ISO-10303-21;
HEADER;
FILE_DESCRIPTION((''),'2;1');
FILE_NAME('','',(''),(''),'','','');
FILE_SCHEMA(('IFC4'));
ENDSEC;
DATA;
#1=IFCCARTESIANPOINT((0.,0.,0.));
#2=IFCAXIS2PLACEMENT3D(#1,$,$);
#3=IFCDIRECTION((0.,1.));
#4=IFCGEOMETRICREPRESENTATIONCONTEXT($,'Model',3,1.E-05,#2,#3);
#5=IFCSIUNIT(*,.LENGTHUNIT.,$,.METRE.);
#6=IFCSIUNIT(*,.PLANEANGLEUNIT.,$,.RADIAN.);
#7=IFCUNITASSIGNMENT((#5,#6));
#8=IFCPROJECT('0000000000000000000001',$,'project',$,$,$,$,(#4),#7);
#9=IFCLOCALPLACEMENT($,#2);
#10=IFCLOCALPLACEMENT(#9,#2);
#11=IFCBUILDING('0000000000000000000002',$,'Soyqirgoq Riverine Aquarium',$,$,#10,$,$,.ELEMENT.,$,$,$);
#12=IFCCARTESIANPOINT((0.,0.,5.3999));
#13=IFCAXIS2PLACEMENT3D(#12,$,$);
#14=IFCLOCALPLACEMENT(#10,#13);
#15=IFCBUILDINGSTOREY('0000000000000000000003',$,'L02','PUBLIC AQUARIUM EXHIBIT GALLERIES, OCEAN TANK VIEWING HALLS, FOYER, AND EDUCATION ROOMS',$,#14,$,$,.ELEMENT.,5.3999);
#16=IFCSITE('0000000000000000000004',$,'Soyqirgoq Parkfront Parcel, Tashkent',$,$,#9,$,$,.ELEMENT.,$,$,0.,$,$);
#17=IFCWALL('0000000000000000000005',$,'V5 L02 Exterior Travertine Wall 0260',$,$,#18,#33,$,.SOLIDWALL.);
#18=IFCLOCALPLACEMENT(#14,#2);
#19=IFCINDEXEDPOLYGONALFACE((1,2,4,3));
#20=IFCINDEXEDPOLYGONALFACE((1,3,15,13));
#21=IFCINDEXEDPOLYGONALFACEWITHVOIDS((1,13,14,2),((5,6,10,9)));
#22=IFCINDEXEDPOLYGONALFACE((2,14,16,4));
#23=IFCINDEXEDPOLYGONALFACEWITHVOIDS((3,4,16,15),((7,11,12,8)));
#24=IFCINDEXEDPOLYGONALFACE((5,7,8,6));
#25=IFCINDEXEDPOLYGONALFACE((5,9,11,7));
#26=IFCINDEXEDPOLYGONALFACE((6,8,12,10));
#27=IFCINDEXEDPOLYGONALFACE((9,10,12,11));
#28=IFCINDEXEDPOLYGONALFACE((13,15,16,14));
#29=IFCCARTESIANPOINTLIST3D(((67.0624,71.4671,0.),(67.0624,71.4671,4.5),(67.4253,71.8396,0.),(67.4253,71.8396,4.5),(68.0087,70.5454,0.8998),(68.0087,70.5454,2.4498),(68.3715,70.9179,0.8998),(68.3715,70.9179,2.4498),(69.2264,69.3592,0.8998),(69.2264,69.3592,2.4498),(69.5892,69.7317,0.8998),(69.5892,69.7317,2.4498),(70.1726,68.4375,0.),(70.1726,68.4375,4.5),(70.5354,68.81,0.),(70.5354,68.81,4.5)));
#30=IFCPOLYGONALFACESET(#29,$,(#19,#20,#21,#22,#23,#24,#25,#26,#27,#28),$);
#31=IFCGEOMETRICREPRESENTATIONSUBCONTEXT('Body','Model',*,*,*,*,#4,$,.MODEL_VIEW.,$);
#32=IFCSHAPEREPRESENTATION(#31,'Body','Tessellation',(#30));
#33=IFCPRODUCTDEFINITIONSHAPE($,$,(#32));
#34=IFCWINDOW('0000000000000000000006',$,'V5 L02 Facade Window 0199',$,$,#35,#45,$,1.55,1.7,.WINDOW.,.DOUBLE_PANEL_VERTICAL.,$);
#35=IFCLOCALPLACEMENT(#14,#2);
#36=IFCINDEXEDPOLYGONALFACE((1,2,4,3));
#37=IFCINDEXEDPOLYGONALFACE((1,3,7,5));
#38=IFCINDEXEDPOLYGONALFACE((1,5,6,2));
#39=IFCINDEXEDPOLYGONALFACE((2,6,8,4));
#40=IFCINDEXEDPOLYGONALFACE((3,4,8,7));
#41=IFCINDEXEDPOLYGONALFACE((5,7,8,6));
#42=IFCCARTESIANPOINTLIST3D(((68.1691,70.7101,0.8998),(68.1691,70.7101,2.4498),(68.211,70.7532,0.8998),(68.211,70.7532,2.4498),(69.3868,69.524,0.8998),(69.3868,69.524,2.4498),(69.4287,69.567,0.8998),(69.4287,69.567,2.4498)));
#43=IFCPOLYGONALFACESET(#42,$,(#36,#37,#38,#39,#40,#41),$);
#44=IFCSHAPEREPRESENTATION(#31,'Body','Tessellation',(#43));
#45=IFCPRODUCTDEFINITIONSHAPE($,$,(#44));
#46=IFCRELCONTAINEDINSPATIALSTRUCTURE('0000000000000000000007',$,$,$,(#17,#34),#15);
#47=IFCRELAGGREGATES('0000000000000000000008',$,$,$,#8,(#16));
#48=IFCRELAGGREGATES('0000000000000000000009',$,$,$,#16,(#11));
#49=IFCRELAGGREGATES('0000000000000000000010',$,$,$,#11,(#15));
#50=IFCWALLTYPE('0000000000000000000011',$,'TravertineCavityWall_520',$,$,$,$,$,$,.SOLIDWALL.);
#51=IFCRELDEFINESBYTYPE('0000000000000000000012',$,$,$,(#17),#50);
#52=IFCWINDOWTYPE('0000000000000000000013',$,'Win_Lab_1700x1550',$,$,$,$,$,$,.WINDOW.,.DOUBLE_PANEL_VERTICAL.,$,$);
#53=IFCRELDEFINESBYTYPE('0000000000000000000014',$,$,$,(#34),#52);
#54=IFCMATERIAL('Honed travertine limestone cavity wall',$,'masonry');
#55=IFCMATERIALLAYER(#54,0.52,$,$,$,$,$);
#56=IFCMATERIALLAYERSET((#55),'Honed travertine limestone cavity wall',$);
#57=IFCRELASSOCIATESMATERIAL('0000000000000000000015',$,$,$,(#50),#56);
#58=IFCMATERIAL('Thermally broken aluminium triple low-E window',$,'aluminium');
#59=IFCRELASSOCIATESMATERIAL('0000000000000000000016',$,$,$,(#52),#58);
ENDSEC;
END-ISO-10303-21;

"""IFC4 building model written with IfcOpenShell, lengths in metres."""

from ifc_helpers import new_model, si_unit, direction, frame, frame_2d, origin, place, context, subcontext, project, spatial, rectangle, extrude, material, layer, layer_set, type_object, element, fill, save


model = new_model("IFC4")

# Units and contexts
model_context = context("Model", 3, precision=1e-05, world=origin(), true_north=direction((0.0, 1.0)))
body_context = subcontext(model_context, "Body", "Model", "MODEL_VIEW")
ifc_project = project(units=[si_unit("LENGTHUNIT", "METRE"), si_unit("PLANEANGLEUNIT", "RADIAN")], contexts=[model_context])

# Site, building, storey
site_placement = place(None, origin())
site = spatial("IfcSite", under=ifc_project, at=site_placement, Name="Soyqirgoq Parkfront Parcel, Tashkent", CompositionType="ELEMENT", RefElevation=0.0)
building_placement = place(site_placement, origin())
building = spatial("IfcBuilding", under=site, at=building_placement, Name="Soyqirgoq Riverine Aquarium", CompositionType="ELEMENT")
storey_placement = place(building_placement, frame((0.0, 0.0, 5.3999)))
storey = spatial("IfcBuildingStorey", under=building, at=storey_placement, Name="L02", Description="PUBLIC AQUARIUM EXHIBIT GALLERIES, OCEAN TANK VIEWING HALLS, FOYER, AND EDUCATION ROOMS", CompositionType="ELEMENT", Elevation=5.3999)

# Wall, opening, window
ifc_material_1 = material(Name="Honed travertine limestone cavity wall", Category="masonry")
ifc_layer_1 = layer(ifc_material_1, 0.52)
ifc_layer_set_1 = layer_set([ifc_layer_1], Name="Honed travertine limestone cavity wall")
wall_type_1 = type_object("IfcWallType", Name="TravertineCavityWall_520", PredefinedType="SOLIDWALL", material=ifc_layer_set_1)
wall_1_placement = place(storey_placement, frame((70.354, 68.6238, 0.0), z_axis=(0.0, 0.0, 1.0), x_axis=(-0.716324, 0.697768, 0.0)))
wall_1 = element("IfcWall", 1, at=wall_1_placement, inside=storey, type_object=wall_type_1, Name="V5 L02 Exterior Travertine Wall 0260", PredefinedType="SOLIDWALL", context=body_context, shape_type="SweptSolid", body=[
    extrude(rectangle(XDim=4.3418, YDim=0.52, at=frame_2d((2.1709, 0.0))), origin(), (0.0, 0.0, 1.0), 4.5),
])
opening_placement = place(wall_1_placement, frame((1.3208, 0.0, 0.8999)))
opening = element("IfcOpeningElement", 2, at=opening_placement, cuts=wall_1, PredefinedType="OPENING", context=body_context, shape_type="SweptSolid", body=[
    extrude(rectangle(XDim=1.7, YDim=1.55, at=frame_2d((0.8501, 0.7749))), frame((0.0, 0.27, 0.0), z_axis=(0.0, -1.0, 0.0), x_axis=(1.0, 0.0, 0.0)), (0.0, 0.0, 1.0), 0.54),
])
ifc_material_2 = material(Name="Thermally broken aluminium triple low-E window", Category="aluminium")
window_type = type_object("IfcWindowType", Name="Win_Lab_1700x1550", PartitioningType="DOUBLE_PANEL_VERTICAL", PredefinedType="WINDOW", material=ifc_material_2)
window_placement = place(opening_placement, origin())
window = element("IfcWindow", 3, at=window_placement, inside=storey, type_object=window_type, Name="V5 L02 Facade Window 0199", OverallHeight=1.55, OverallWidth=1.7, PartitioningType="DOUBLE_PANEL_VERTICAL", PredefinedType="WINDOW", context=body_context, shape_type="SweptSolid", body=[
    extrude(rectangle(XDim=1.7, YDim=1.55, at=frame_2d((0.8501, 0.7749))), frame((0.0, 0.03, 0.0), z_axis=(0.0, -1.0, 0.0), x_axis=(1.0, 0.0, 0.0)), (0.0, 0.0, 1.0), 0.0601),
])
fill(opening, window)

save(model, "model.ifc")
